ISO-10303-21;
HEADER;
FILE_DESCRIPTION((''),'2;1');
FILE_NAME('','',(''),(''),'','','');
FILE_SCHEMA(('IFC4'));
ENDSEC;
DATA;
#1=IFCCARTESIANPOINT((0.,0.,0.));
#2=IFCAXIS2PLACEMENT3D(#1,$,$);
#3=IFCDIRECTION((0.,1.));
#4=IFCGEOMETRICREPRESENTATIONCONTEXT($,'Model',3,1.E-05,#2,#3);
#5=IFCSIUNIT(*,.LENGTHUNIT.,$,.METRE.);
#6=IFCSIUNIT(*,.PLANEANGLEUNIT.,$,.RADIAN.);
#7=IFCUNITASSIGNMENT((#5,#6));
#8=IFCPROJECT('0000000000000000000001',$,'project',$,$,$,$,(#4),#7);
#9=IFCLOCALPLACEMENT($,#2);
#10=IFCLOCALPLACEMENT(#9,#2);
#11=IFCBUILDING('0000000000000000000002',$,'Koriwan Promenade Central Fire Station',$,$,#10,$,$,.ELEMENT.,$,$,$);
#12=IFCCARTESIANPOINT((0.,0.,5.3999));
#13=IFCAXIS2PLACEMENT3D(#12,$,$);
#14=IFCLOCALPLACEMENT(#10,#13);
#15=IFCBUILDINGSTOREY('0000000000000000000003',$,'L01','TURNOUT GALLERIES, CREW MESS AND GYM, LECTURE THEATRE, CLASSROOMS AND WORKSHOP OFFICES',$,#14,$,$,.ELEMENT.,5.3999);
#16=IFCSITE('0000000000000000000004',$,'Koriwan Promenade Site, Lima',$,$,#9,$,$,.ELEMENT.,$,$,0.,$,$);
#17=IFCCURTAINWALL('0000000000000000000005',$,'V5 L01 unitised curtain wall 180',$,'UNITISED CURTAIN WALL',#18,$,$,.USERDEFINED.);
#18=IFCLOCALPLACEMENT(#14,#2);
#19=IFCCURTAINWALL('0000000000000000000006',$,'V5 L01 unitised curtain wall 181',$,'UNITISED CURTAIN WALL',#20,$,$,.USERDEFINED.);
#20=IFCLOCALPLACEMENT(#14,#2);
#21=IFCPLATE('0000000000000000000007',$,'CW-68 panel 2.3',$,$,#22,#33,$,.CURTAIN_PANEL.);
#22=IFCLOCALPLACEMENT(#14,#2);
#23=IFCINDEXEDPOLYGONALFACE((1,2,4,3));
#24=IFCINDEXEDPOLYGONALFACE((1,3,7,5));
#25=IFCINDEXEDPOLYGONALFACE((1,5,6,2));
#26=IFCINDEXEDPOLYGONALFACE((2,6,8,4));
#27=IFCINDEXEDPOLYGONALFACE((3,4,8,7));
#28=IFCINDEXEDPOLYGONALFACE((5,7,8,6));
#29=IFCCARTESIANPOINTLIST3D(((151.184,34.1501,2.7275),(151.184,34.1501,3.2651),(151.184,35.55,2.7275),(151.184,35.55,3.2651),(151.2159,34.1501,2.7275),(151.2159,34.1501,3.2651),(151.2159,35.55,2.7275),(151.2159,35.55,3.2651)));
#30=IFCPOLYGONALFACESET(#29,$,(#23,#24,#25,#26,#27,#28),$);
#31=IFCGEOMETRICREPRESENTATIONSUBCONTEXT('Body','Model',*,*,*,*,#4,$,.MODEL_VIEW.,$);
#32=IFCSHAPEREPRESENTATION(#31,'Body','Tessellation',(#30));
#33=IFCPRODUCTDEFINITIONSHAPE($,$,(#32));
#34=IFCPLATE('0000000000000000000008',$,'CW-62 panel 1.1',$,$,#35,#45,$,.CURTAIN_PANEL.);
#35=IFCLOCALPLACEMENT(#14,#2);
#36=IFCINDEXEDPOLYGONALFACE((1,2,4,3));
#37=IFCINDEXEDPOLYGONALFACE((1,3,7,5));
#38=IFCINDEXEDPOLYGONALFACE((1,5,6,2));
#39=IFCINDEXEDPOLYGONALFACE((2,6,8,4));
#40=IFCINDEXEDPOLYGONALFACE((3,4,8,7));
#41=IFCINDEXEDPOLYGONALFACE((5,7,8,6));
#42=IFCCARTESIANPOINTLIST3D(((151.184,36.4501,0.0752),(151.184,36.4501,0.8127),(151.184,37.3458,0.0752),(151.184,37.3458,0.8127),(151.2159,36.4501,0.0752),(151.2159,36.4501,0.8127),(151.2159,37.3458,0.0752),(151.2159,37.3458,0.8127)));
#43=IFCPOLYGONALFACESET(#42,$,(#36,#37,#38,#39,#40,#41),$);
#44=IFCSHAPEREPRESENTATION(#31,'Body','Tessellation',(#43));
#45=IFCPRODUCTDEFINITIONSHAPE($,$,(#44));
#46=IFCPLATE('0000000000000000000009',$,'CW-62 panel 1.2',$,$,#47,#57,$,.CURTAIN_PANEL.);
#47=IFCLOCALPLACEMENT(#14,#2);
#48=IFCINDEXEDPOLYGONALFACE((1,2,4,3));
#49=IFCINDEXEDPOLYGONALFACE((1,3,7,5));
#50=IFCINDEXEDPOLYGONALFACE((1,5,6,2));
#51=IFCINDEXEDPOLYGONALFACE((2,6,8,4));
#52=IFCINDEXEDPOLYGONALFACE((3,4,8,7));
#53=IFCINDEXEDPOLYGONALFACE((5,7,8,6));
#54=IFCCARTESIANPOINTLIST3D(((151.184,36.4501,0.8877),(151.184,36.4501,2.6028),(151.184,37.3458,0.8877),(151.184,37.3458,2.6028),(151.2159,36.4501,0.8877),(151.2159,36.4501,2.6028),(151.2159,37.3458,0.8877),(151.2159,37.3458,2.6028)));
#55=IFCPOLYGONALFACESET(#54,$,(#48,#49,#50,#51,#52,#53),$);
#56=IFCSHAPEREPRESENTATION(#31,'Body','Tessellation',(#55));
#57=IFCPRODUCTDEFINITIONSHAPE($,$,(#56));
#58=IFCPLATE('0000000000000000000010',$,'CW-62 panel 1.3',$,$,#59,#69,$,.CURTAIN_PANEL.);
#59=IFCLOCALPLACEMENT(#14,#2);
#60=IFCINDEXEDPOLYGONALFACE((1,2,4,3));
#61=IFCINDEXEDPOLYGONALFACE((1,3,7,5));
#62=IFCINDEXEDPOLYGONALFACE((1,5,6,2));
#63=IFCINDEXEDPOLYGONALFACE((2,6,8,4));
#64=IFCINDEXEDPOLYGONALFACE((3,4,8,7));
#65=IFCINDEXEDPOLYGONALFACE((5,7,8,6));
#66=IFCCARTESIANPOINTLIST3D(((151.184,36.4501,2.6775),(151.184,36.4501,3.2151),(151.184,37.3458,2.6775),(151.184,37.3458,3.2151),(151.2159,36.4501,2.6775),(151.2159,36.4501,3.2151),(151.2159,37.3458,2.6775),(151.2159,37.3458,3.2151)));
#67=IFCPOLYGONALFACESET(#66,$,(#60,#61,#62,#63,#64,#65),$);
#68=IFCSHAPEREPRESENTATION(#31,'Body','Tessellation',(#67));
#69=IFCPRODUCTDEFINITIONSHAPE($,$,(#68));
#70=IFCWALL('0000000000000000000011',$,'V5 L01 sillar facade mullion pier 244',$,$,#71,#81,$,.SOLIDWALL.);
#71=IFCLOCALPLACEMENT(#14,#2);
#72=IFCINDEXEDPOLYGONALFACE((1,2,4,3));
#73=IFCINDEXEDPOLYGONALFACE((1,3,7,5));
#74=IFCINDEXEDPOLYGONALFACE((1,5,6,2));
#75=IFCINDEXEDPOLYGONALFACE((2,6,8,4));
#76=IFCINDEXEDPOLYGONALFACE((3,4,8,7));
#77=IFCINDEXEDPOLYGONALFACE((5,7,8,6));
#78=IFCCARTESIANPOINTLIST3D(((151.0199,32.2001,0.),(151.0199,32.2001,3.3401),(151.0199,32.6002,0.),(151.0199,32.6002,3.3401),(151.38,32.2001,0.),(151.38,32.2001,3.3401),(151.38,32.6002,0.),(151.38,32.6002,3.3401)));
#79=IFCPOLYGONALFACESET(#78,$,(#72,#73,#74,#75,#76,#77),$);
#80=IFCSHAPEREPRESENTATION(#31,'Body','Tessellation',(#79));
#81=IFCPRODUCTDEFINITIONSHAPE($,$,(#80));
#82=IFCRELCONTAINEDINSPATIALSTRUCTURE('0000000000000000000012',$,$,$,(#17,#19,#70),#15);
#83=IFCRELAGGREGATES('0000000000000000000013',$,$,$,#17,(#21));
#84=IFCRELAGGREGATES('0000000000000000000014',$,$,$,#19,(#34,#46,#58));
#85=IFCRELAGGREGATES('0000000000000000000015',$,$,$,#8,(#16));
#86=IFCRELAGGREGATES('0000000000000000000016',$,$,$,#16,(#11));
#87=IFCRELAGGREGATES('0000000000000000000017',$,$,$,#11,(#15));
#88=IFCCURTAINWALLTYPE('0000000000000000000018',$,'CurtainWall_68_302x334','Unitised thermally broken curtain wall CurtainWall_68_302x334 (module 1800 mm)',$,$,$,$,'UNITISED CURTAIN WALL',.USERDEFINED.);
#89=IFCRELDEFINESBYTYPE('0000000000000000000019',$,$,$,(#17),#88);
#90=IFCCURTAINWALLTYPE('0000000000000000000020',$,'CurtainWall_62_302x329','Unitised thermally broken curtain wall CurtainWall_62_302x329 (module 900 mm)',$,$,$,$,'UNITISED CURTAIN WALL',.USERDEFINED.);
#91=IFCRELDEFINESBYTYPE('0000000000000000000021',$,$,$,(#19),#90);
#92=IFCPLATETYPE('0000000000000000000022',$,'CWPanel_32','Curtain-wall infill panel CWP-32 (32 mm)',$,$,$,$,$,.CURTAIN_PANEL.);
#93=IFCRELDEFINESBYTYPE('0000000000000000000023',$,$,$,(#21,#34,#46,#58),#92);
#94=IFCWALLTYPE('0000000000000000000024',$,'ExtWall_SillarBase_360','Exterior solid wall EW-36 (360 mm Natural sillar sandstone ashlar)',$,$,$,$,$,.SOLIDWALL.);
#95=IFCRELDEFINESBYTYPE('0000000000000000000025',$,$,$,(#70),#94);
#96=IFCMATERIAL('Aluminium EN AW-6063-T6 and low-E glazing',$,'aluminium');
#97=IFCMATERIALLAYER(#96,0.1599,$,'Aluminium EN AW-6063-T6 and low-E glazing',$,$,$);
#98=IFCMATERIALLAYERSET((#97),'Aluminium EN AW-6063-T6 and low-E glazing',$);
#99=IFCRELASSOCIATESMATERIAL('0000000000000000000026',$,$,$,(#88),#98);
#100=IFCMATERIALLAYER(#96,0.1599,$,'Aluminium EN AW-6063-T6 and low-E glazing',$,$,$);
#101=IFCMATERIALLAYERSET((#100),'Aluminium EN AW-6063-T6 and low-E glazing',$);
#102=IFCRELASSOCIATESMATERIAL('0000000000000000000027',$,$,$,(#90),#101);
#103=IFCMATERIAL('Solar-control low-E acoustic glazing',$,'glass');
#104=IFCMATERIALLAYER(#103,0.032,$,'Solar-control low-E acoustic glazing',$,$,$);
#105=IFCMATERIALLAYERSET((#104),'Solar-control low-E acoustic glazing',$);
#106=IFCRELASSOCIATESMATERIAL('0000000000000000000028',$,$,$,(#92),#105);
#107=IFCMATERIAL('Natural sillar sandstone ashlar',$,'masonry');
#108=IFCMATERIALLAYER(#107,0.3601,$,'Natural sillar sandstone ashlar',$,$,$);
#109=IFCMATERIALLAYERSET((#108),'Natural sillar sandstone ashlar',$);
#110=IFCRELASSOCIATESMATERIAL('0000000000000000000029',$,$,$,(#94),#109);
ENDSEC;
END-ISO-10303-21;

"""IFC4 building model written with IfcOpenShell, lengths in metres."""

from ifc_helpers import new_model, si_unit, direction, frame, frame_2d, origin, origin_2d, place, context, subcontext, project, spatial, rectangle, extrude, material, layer, layer_set, type_object, element, aggregate, save


model = new_model("IFC4")

# Units and contexts
model_context = context("Model", 3, precision=1e-05, world=origin(), true_north=direction((0.0, 1.0)))
body_context = subcontext(model_context, "Body", "Model", "MODEL_VIEW")
ifc_project = project(units=[si_unit("LENGTHUNIT", "METRE"), si_unit("PLANEANGLEUNIT", "RADIAN")], contexts=[model_context])

# Site, building, storey
site_placement = place(None, origin())
site = spatial("IfcSite", under=ifc_project, at=site_placement, Name="Koriwan Promenade Site, Lima", CompositionType="ELEMENT", RefElevation=0.0)
building_placement = place(site_placement, origin())
building = spatial("IfcBuilding", under=site, at=building_placement, Name="Koriwan Promenade Central Fire Station", CompositionType="ELEMENT")
storey_placement = place(building_placement, frame((0.0, 0.0, 5.3999)))
storey = spatial("IfcBuildingStorey", under=building, at=storey_placement, Name="L01", Description="TURNOUT GALLERIES, CREW MESS AND GYM, LECTURE THEATRE, CLASSROOMS AND WORKSHOP OFFICES", CompositionType="ELEMENT", Elevation=5.3999)

# Shared definitions
ifc_material_1 = material(Name="Aluminium EN AW-6063-T6 and low-E glazing", Category="aluminium")

# Curtain wall
ifc_layer_1 = layer(ifc_material_1, 0.1599, Name="Aluminium EN AW-6063-T6 and low-E glazing")
ifc_layer_set_1 = layer_set([ifc_layer_1], Name="Aluminium EN AW-6063-T6 and low-E glazing")
curtain_wall_type_1 = type_object("IfcCurtainWallType", Name="CurtainWall_68_302x334", Description="Unitised thermally broken curtain wall CurtainWall_68_302x334 (module 1800 mm)", ElementType="UNITISED CURTAIN WALL", PredefinedType="USERDEFINED", material=ifc_layer_set_1)
curtain_wall_1_placement = place(storey_placement, origin())
curtain_wall_1 = element("IfcCurtainWall", 1, at=curtain_wall_1_placement, inside=storey, type_object=curtain_wall_type_1, Name="V5 L01 unitised curtain wall 180", ObjectType="UNITISED CURTAIN WALL", PredefinedType="USERDEFINED")

# Curtain wall
ifc_layer_2 = layer(ifc_material_1, 0.1599, Name="Aluminium EN AW-6063-T6 and low-E glazing")
ifc_layer_set_2 = layer_set([ifc_layer_2], Name="Aluminium EN AW-6063-T6 and low-E glazing")
curtain_wall_type_2 = type_object("IfcCurtainWallType", Name="CurtainWall_62_302x329", Description="Unitised thermally broken curtain wall CurtainWall_62_302x329 (module 900 mm)", ElementType="UNITISED CURTAIN WALL", PredefinedType="USERDEFINED", material=ifc_layer_set_2)
curtain_wall_2_placement = place(storey_placement, origin())
curtain_wall_2 = element("IfcCurtainWall", 2, at=curtain_wall_2_placement, inside=storey, type_object=curtain_wall_type_2, Name="V5 L01 unitised curtain wall 181", ObjectType="UNITISED CURTAIN WALL", PredefinedType="USERDEFINED")

# Plates
ifc_material_2 = material(Name="Solar-control low-E acoustic glazing", Category="glass")
ifc_layer_3 = layer(ifc_material_2, 0.032, Name="Solar-control low-E acoustic glazing")
ifc_layer_set_3 = layer_set([ifc_layer_3], Name="Solar-control low-E acoustic glazing")
plate_type = type_object("IfcPlateType", Name="CWPanel_32", Description="Curtain-wall infill panel CWP-32 (32 mm)", PredefinedType="CURTAIN_PANEL", material=ifc_layer_set_3)
plate_1_placement = place(storey_placement, frame((151.2, 34.8501, 2.7275), z_axis=(0.0, 0.0, 1.0), x_axis=(0.0, 1.0, 0.0)))
plate_1 = element("IfcPlate", 3, at=plate_1_placement, type_object=plate_type, Name="CW-68 panel 2.3", PredefinedType="CURTAIN_PANEL", context=body_context, shape_type="SweptSolid", body=[
    extrude(rectangle(XDim=1.3999, YDim=0.032, at=origin_2d()), origin(), (0.0, 0.0, 1.0), 0.5376),
])
aggregate(curtain_wall_1, [plate_1])
plate_2_placement = place(storey_placement, frame((151.2, 36.8979, 0.0752), z_axis=(0.0, 0.0, 1.0), x_axis=(0.0, 1.0, 0.0)))
plate_2 = element("IfcPlate", 4, at=plate_2_placement, type_object=plate_type, Name="CW-62 panel 1.1", PredefinedType="CURTAIN_PANEL", context=body_context, shape_type="SweptSolid", body=[
    extrude(rectangle(XDim=0.8958, YDim=0.032, at=origin_2d()), origin(), (0.0, 0.0, 1.0), 0.7375),
])
plate_3_placement = place(storey_placement, frame((151.2, 36.8979, 0.8877), z_axis=(0.0, 0.0, 1.0), x_axis=(0.0, 1.0, 0.0)))
plate_3 = element("IfcPlate", 5, at=plate_3_placement, type_object=plate_type, Name="CW-62 panel 1.2", PredefinedType="CURTAIN_PANEL", context=body_context, shape_type="SweptSolid", body=[
    extrude(rectangle(XDim=0.8958, YDim=0.032, at=origin_2d()), origin(), (0.0, 0.0, 1.0), 1.7151),
])
plate_4_placement = place(storey_placement, frame((151.2, 36.8979, 2.6775), z_axis=(0.0, 0.0, 1.0), x_axis=(0.0, 1.0, 0.0)))
plate_4 = element("IfcPlate", 6, at=plate_4_placement, type_object=plate_type, Name="CW-62 panel 1.3", PredefinedType="CURTAIN_PANEL", context=body_context, shape_type="SweptSolid", body=[
    extrude(rectangle(XDim=0.8958, YDim=0.032, at=origin_2d()), origin(), (0.0, 0.0, 1.0), 0.5376),
])
aggregate(curtain_wall_2, [plate_2, plate_3, plate_4])

# Wall
ifc_material_3 = material(Name="Natural sillar sandstone ashlar", Category="masonry")
ifc_layer_4 = layer(ifc_material_3, 0.3601, Name="Natural sillar sandstone ashlar")
ifc_layer_set_4 = layer_set([ifc_layer_4], Name="Natural sillar sandstone ashlar")
wall_type = type_object("IfcWallType", Name="ExtWall_SillarBase_360", Description="Exterior solid wall EW-36 (360 mm Natural sillar sandstone ashlar)", PredefinedType="SOLIDWALL", material=ifc_layer_set_4)
wall_placement = place(storey_placement, frame((151.2, 32.2, 0.0), z_axis=(0.0, 0.0, 1.0), x_axis=(0.0, 1.0, 0.0)))
element("IfcWall", 7, at=wall_placement, inside=storey, type_object=wall_type, Name="V5 L01 sillar facade mullion pier 244", PredefinedType="SOLIDWALL", context=body_context, shape_type="SweptSolid", body=[
    extrude(rectangle(XDim=0.4001, YDim=0.3601, at=frame_2d((0.2002, 0.0))), origin(), (0.0, 0.0, 1.0), 3.3401),
])

save(model, "model.ifc")
